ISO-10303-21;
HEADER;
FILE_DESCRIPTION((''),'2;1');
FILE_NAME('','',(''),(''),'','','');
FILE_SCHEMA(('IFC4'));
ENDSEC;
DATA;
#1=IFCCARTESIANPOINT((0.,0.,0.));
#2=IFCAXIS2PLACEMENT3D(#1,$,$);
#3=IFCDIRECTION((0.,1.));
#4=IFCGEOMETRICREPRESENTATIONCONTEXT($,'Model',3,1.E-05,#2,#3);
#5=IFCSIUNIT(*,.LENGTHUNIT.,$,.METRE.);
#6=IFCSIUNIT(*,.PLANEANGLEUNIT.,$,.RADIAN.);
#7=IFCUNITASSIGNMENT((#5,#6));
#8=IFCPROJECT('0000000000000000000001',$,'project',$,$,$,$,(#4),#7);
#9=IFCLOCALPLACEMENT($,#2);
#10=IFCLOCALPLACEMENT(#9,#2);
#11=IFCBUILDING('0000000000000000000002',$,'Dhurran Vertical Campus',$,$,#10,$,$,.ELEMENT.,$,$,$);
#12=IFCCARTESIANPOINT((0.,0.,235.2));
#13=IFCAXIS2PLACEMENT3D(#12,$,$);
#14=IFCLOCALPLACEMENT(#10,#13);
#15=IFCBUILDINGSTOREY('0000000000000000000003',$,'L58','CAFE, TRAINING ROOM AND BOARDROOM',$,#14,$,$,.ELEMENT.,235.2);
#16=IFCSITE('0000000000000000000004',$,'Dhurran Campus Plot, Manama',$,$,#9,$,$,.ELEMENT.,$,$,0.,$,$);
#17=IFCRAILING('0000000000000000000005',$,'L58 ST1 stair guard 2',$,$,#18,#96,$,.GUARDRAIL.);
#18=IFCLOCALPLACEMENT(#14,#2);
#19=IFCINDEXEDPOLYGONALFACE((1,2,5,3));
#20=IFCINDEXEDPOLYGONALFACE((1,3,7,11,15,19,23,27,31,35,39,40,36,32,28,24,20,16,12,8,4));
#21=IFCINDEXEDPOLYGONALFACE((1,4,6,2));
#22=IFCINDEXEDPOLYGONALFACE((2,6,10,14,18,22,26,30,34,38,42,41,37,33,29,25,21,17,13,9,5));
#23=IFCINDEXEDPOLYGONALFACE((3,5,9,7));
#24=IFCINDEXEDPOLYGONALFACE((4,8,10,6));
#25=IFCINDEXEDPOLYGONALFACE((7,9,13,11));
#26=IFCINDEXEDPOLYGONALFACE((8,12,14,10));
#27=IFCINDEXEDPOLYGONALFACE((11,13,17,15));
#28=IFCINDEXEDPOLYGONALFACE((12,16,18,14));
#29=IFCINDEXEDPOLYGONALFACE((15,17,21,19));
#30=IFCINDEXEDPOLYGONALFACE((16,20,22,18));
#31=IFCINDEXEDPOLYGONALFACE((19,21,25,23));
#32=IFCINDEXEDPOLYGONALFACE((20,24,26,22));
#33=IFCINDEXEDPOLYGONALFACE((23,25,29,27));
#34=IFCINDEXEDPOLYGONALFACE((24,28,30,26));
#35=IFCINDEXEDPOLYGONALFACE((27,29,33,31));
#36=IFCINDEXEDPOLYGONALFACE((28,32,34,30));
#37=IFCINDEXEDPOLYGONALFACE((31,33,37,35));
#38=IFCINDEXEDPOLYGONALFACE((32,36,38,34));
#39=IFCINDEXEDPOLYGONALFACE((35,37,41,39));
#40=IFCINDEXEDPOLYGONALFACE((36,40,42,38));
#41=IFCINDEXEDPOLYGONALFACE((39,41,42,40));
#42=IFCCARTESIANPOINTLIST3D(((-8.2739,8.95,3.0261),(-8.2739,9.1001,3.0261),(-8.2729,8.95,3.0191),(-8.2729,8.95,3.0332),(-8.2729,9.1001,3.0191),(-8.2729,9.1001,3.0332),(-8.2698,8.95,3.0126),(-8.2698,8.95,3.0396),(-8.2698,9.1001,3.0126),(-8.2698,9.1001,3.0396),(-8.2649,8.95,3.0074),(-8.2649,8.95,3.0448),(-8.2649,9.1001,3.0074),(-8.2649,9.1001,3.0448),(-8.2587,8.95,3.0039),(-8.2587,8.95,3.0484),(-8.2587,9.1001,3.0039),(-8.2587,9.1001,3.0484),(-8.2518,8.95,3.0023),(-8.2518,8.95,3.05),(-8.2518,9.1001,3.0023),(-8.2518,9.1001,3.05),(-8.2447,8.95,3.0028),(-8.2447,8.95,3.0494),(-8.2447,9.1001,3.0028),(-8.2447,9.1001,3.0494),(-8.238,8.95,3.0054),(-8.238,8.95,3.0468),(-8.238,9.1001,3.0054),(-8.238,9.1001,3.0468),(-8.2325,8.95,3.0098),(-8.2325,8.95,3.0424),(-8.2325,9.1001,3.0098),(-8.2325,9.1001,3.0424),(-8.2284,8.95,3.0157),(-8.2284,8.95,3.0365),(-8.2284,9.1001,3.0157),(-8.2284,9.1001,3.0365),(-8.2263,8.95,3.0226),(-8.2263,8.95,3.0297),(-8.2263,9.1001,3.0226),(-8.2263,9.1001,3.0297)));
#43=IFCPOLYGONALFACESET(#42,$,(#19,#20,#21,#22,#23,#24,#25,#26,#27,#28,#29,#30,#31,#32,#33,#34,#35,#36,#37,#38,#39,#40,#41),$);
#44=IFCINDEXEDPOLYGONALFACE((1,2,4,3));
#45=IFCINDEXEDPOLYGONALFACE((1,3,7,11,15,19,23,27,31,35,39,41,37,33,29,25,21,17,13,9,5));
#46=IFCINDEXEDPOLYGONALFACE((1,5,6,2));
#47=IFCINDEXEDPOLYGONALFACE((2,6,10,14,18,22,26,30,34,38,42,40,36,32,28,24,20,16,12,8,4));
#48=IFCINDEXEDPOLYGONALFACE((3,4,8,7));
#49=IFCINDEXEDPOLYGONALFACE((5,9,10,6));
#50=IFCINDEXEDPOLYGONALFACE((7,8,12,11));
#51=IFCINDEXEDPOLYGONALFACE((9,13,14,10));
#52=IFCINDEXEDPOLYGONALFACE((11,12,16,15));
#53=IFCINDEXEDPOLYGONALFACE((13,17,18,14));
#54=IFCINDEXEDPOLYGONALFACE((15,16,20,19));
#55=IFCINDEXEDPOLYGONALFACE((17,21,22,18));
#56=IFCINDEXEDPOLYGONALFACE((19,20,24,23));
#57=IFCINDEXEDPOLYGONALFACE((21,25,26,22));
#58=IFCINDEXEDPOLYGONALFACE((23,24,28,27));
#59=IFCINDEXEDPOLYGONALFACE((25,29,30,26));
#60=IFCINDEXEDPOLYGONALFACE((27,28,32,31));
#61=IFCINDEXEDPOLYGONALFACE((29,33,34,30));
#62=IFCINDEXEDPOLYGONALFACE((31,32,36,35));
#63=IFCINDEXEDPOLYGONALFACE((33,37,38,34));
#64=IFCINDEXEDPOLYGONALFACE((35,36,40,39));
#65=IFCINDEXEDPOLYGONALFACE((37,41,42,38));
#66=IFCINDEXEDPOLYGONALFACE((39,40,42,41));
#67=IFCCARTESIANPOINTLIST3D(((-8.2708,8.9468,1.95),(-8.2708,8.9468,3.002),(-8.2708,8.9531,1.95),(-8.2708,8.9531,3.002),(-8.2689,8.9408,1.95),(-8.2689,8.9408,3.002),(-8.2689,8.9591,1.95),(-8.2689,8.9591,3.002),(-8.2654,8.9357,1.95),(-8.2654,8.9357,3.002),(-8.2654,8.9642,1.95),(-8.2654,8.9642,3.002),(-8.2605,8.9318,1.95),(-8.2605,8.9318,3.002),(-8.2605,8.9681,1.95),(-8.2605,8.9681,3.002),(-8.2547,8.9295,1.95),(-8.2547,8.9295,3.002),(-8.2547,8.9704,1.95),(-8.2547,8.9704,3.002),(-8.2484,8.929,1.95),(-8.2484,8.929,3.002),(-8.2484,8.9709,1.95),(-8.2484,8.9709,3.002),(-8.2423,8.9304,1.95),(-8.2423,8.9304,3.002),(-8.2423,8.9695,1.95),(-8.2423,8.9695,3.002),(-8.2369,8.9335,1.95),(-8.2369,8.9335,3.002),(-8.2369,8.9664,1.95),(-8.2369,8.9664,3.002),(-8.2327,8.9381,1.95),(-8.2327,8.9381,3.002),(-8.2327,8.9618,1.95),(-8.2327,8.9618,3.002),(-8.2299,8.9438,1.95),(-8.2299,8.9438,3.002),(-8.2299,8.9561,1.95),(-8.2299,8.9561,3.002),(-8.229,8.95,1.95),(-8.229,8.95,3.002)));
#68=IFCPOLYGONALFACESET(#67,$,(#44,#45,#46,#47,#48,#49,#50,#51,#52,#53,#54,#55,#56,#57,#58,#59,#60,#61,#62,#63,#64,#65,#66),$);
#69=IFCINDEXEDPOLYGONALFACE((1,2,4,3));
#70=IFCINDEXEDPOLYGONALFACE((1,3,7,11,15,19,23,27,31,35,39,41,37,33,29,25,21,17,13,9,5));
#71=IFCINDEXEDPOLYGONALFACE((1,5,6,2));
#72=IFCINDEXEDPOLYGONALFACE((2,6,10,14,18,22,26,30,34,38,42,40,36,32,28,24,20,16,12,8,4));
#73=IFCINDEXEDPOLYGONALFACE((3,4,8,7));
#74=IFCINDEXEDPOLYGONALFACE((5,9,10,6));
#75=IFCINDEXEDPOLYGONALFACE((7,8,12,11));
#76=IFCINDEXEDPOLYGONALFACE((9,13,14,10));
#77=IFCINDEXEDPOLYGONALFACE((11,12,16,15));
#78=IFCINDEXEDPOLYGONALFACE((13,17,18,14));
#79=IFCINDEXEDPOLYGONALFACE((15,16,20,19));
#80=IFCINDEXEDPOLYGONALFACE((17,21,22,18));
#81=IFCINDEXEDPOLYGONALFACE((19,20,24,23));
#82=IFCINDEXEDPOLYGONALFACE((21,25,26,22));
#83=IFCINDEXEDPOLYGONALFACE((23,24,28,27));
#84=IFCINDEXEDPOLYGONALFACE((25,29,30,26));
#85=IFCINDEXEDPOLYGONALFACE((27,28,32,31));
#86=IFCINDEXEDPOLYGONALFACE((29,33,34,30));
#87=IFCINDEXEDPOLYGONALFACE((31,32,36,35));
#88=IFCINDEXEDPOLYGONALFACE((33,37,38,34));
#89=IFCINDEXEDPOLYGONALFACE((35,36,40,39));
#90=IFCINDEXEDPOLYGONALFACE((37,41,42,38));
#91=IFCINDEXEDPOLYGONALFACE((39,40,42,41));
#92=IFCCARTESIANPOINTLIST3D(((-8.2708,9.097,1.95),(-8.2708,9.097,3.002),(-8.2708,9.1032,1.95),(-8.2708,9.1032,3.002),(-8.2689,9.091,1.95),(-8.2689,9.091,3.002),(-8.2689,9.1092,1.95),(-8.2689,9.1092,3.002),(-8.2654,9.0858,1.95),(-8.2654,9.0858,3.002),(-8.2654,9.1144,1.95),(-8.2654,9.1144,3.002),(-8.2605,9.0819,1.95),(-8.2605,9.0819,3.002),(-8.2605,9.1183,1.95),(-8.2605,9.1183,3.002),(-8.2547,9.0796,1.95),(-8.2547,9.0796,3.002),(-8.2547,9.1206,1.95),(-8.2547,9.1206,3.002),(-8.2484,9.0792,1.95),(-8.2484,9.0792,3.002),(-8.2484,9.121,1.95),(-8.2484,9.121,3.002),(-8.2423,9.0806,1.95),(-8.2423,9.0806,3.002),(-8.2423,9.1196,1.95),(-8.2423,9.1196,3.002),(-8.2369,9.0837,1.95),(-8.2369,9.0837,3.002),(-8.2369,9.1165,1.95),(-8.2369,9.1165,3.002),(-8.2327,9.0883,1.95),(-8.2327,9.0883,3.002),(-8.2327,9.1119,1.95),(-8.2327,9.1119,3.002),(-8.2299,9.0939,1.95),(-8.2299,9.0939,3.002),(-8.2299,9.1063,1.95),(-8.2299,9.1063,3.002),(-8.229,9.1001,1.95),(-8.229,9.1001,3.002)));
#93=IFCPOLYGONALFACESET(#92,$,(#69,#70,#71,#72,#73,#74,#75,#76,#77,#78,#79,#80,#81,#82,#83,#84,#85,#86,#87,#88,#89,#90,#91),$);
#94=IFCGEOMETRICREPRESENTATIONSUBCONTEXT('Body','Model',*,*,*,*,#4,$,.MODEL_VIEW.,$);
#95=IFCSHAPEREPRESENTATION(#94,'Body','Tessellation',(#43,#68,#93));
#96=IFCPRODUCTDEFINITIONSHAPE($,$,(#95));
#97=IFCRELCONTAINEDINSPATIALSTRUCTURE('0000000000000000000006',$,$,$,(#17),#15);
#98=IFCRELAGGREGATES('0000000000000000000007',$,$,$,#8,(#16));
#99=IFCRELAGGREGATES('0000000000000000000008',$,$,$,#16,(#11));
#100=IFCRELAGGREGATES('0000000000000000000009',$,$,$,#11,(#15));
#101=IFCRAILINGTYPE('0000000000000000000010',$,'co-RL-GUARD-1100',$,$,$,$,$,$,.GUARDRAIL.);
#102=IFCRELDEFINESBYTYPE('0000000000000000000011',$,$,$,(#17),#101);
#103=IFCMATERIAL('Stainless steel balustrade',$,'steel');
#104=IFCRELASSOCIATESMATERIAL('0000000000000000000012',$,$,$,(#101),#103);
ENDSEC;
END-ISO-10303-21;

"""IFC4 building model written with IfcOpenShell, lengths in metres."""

from ifc_helpers import new_model, si_unit, direction, frame, origin, origin_2d, place, context, subcontext, project, spatial, circle, extrude, material, type_object, element, save


model = new_model("IFC4")

# Units and contexts
model_context = context("Model", 3, precision=1e-05, world=origin(), true_north=direction((0.0, 1.0)))
body_context = subcontext(model_context, "Body", "Model", "MODEL_VIEW")
ifc_project = project(units=[si_unit("LENGTHUNIT", "METRE"), si_unit("PLANEANGLEUNIT", "RADIAN")], contexts=[model_context])

# Site, building, storey
site_placement = place(None, origin())
site = spatial("IfcSite", under=ifc_project, at=site_placement, Name="Dhurran Campus Plot, Manama", CompositionType="ELEMENT", RefElevation=0.0)
building_placement = place(site_placement, origin())
building = spatial("IfcBuilding", under=site, at=building_placement, Name="Dhurran Vertical Campus", CompositionType="ELEMENT")
storey_placement = place(building_placement, frame((0.0, 0.0, 235.2)))
storey = spatial("IfcBuildingStorey", under=building, at=storey_placement, Name="L58", Description="CAFE, TRAINING ROOM AND BOARDROOM", CompositionType="ELEMENT", Elevation=235.2)

# Railing
ifc_material_1 = material(Name="Stainless steel balustrade", Category="steel")
railing_type_1 = type_object("IfcRailingType", Name="co-RL-GUARD-1100", PredefinedType="GUARDRAIL", material=ifc_material_1)
railing_1_placement = place(storey_placement, frame((-8.25, 8.95, 1.95)))
element("IfcRailing", 1, at=railing_1_placement, inside=storey, type_object=railing_type_1, Name="L58 ST1 stair guard 2", PredefinedType="GUARDRAIL", context=body_context, shape_type="SweptSolid", body=[
    extrude(circle(Radius=0.0239, at=origin_2d()), frame((0.0, 0.0, 1.0762), z_axis=(0.0, 1.0, 0.0), x_axis=(-1.0, 0.0, 0.0)), (0.0, 0.0, 1.0), 0.1501),
    extrude(circle(Radius=0.021, at=origin_2d()), origin(), (0.0, 0.0, 1.0), 1.052),
    extrude(circle(Radius=0.021, at=origin_2d()), frame((0.0, 0.1501, 0.0)), (0.0, 0.0, 1.0), 1.052),
])

save(model, "model.ifc")
